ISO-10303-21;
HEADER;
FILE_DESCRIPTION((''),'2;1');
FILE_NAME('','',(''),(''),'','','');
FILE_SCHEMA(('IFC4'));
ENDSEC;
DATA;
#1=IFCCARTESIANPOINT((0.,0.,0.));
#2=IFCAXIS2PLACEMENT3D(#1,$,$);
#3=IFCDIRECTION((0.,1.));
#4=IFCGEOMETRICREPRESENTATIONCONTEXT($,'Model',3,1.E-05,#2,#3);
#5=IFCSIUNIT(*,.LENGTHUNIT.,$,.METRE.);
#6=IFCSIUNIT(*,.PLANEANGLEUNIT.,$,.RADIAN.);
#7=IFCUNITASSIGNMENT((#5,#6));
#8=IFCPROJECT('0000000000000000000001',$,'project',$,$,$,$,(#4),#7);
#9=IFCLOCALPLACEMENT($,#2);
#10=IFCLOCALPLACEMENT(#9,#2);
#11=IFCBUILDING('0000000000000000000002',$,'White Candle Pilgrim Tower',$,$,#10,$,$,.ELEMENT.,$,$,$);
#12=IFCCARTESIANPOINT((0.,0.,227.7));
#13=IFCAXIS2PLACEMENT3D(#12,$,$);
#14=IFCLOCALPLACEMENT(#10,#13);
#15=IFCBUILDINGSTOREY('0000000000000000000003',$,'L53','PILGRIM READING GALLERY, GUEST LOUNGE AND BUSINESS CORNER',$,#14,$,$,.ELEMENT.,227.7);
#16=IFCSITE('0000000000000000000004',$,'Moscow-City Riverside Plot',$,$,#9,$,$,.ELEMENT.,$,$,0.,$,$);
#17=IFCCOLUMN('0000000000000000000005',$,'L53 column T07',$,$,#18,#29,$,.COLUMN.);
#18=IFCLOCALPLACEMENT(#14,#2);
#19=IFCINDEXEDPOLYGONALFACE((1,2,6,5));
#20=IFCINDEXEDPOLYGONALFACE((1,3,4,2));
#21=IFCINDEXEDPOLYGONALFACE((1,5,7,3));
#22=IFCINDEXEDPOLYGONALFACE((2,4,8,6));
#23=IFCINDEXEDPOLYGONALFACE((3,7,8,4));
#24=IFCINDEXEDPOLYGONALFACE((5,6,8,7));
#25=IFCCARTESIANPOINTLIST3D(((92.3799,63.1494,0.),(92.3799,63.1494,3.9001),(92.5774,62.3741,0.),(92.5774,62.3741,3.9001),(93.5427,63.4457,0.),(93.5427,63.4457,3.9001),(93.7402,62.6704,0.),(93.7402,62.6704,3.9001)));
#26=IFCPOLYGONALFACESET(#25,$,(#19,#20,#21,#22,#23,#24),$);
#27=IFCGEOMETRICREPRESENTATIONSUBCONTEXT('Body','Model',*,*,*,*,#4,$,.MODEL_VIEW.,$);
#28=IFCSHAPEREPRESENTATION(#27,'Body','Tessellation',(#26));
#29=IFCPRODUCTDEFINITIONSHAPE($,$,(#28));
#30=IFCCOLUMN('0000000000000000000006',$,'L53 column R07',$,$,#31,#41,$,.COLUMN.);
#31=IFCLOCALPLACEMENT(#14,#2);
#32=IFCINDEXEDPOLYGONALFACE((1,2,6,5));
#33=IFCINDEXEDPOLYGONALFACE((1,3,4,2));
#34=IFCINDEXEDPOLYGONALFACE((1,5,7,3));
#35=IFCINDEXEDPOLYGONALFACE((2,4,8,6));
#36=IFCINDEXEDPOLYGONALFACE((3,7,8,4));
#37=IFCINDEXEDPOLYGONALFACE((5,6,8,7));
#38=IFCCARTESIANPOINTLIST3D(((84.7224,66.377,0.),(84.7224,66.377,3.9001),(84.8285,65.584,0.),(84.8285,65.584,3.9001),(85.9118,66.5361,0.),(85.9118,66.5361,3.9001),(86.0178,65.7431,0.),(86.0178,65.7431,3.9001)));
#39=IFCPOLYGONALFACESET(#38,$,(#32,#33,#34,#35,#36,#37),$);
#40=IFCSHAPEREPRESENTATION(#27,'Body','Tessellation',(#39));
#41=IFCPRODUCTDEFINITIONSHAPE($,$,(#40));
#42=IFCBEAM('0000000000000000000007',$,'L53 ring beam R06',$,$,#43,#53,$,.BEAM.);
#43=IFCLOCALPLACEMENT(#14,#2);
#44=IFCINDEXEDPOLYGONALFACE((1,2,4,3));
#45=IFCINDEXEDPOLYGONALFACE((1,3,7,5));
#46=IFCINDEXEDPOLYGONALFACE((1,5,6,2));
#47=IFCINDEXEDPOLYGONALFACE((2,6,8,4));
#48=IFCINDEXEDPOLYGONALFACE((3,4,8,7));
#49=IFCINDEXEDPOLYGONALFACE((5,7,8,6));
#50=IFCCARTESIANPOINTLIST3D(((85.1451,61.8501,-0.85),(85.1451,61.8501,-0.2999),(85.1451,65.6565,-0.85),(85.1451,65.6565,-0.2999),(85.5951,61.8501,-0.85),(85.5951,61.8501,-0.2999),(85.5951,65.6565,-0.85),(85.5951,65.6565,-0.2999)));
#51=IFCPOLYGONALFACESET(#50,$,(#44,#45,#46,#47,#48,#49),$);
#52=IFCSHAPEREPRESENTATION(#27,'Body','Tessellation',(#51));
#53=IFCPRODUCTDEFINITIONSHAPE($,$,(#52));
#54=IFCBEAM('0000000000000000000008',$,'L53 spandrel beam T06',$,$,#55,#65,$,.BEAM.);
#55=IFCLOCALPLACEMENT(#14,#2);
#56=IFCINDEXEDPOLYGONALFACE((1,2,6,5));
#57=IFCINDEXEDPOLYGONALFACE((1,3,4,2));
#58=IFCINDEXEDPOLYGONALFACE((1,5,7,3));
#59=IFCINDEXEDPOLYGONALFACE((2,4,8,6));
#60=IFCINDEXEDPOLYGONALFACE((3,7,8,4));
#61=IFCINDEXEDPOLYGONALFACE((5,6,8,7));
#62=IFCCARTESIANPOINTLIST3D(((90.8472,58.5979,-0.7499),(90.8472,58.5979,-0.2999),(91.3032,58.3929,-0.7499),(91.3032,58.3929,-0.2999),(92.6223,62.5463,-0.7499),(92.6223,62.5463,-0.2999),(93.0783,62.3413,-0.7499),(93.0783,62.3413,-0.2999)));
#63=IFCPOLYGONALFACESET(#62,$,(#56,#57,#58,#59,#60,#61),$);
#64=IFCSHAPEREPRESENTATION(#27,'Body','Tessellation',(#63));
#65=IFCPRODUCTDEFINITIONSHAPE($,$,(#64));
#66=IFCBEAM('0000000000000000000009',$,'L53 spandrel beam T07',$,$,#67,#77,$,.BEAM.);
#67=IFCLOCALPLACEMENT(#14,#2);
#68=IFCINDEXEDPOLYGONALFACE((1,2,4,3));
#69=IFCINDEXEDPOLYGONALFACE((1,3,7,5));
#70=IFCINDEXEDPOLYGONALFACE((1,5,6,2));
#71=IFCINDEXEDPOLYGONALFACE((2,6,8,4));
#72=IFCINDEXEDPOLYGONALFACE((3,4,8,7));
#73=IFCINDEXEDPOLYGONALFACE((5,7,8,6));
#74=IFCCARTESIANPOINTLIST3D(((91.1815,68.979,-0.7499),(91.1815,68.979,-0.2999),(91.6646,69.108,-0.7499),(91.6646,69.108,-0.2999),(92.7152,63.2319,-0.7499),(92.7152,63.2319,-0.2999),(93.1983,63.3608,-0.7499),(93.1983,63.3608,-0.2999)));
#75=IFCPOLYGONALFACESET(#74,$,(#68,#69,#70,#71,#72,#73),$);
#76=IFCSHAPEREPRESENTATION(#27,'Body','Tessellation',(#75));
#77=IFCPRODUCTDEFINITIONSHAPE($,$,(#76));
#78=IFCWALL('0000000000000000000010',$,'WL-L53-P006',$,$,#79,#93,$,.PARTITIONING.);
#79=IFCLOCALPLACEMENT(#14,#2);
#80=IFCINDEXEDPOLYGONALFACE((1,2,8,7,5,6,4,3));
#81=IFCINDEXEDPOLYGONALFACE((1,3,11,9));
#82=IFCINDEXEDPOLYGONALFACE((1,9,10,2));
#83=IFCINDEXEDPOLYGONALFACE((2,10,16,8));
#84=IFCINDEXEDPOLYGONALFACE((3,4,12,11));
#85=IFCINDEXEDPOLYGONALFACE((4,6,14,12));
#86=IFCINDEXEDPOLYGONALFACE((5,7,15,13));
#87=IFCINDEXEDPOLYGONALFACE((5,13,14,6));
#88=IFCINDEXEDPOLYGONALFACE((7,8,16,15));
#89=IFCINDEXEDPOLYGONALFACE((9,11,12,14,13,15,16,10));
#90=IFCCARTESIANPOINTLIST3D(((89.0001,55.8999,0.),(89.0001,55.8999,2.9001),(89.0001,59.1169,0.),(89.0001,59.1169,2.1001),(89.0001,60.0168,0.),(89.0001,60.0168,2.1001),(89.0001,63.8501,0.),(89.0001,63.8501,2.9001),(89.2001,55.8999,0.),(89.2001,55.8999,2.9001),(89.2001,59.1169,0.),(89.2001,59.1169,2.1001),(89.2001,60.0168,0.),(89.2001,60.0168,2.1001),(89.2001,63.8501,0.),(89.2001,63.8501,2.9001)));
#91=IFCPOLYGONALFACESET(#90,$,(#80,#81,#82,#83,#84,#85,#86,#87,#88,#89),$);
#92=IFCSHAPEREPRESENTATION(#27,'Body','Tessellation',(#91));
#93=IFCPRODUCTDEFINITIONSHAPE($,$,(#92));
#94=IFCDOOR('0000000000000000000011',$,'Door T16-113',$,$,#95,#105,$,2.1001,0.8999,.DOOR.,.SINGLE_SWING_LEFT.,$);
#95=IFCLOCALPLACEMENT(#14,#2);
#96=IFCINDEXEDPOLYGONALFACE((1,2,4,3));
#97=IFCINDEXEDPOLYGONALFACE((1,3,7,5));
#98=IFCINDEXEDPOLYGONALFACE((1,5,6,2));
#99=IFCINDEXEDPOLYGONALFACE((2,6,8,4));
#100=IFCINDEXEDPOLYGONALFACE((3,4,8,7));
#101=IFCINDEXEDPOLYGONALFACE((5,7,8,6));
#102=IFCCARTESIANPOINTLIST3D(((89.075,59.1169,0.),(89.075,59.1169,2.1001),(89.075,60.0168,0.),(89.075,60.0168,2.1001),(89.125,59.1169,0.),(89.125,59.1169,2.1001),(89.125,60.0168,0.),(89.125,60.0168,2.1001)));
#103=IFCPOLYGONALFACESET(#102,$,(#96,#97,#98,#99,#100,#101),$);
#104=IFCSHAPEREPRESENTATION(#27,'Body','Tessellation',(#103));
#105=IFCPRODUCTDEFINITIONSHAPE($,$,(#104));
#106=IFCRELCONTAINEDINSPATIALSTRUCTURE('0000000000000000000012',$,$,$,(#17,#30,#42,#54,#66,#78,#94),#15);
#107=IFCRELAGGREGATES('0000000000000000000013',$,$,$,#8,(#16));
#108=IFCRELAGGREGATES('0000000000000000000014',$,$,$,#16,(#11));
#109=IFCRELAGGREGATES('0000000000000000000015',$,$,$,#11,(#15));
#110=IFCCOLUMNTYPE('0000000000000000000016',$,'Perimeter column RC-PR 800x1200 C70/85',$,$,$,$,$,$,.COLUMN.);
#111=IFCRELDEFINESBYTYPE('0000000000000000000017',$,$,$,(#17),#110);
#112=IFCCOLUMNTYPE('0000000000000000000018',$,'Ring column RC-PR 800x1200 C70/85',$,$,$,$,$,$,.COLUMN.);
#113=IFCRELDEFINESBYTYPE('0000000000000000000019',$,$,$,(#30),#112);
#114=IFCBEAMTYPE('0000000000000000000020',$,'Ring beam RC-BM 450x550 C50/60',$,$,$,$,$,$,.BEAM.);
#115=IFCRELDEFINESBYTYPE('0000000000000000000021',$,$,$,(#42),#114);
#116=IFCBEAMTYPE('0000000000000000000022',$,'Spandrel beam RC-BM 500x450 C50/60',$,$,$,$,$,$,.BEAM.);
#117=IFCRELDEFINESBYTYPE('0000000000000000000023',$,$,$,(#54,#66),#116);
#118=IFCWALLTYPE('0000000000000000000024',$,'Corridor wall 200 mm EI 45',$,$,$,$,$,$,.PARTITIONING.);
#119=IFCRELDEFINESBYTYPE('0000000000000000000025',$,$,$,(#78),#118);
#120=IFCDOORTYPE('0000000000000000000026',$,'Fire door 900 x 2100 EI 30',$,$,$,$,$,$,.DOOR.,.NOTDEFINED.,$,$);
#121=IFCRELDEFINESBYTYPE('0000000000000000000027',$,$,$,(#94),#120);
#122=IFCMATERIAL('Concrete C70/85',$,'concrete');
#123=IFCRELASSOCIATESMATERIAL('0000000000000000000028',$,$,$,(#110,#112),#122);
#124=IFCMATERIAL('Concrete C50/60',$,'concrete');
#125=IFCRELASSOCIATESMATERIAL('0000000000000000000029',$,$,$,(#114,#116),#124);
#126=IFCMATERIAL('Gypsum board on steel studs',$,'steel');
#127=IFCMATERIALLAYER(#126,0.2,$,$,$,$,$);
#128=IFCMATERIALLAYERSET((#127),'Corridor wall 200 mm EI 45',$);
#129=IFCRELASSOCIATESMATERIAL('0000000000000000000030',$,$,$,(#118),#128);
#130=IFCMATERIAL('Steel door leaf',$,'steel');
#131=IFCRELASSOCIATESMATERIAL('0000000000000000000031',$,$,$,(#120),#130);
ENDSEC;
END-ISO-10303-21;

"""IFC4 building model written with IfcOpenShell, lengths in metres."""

from ifc_helpers import new_model, si_unit, direction, frame, frame_2d, origin, origin_2d, place, context, subcontext, project, spatial, rectangle, extrude, material, layer, layer_set, material_profile, profile_set, type_object, element, fill, save


model = new_model("IFC4")

# Units and contexts
model_context = context("Model", 3, precision=1e-05, world=origin(), true_north=direction((0.0, 1.0)))
body_context = subcontext(model_context, "Body", "Model", "MODEL_VIEW")
ifc_project = project(units=[si_unit("LENGTHUNIT", "METRE"), si_unit("PLANEANGLEUNIT", "RADIAN")], contexts=[model_context])

# Site, building, storey
site_placement = place(None, origin())
site = spatial("IfcSite", under=ifc_project, at=site_placement, Name="Moscow-City Riverside Plot", CompositionType="ELEMENT", RefElevation=0.0)
building_placement = place(site_placement, origin())
building = spatial("IfcBuilding", under=site, at=building_placement, Name="White Candle Pilgrim Tower", CompositionType="ELEMENT")
storey_placement = place(building_placement, frame((0.0, 0.0, 227.7)))
storey = spatial("IfcBuildingStorey", under=building, at=storey_placement, Name="L53", Description="PILGRIM READING GALLERY, GUEST LOUNGE AND BUSINESS CORNER", CompositionType="ELEMENT", Elevation=227.7)

# Columns
ifc_material_1 = material(Name="Concrete C70/85", Category="concrete")
ifc_material_profile_1 = material_profile(ifc_material_1, rectangle(XDim=0.8, YDim=1.2, at=origin_2d()), Name="RC-PR 800x1200")
ifc_profile_set_1 = profile_set([ifc_material_profile_1], Name="Concrete C70/85")
column_type_1 = type_object("IfcColumnType", Name="Perimeter column RC-PR 800x1200 C70/85", PredefinedType="COLUMN", material=ifc_profile_set_1)
column_1_placement = place(storey_placement, frame((93.0601, 62.9099, 0.0), z_axis=(0.0, 0.0, 1.0), x_axis=(0.246881, -0.969046, 0.0)))
element("IfcColumn", 1, at=column_1_placement, inside=storey, type_object=column_type_1, Name="L53 column T07", PredefinedType="COLUMN", context=body_context, shape_type="SweptSolid", body=[
    extrude(rectangle(XDim=0.8, YDim=1.2, at=origin_2d()), origin(), (0.0, 0.0, 1.0), 3.9001),
])
ifc_material_profile_2 = material_profile(ifc_material_1, rectangle(XDim=0.8, YDim=1.2, at=origin_2d()), Name="RC-PR 800x1200")
ifc_profile_set_2 = profile_set([ifc_material_profile_2], Name="Concrete C70/85")
column_type_2 = type_object("IfcColumnType", Name="Ring column RC-PR 800x1200 C70/85", PredefinedType="COLUMN", material=ifc_profile_set_2)
column_2_placement = place(storey_placement, frame((85.3701, 66.0601, 0.0), z_axis=(0.0, 0.0, 1.0), x_axis=(0.132602, -0.991169, 0.0)))
element("IfcColumn", 2, at=column_2_placement, inside=storey, type_object=column_type_2, Name="L53 column R07", PredefinedType="COLUMN", context=body_context, shape_type="SweptSolid", body=[
    extrude(rectangle(XDim=0.8, YDim=1.2, at=origin_2d()), origin(), (0.0, 0.0, 1.0), 3.9001),
])

# Beams
ifc_material_2 = material(Name="Concrete C50/60", Category="concrete")
ifc_material_profile_3 = material_profile(ifc_material_2, rectangle(XDim=0.45, YDim=0.55, at=origin_2d()), Name="RC-BM 450x550")
ifc_profile_set_3 = profile_set([ifc_material_profile_3], Name="Concrete C50/60")
beam_type_1 = type_object("IfcBeamType", Name="Ring beam RC-BM 450x550 C50/60", PredefinedType="BEAM", material=ifc_profile_set_3)
beam_1_placement = place(storey_placement, frame((85.3701, 65.6565, -0.575), z_axis=(0.0, -1.0, 0.0), x_axis=(1.0, 0.0, 0.0)))
element("IfcBeam", 3, at=beam_1_placement, inside=storey, type_object=beam_type_1, Name="L53 ring beam R06", PredefinedType="BEAM", context=body_context, shape_type="SweptSolid", body=[
    extrude(rectangle(XDim=0.45, YDim=0.55, at=origin_2d()), origin(), (0.0, 0.0, 1.0), 3.8064),
])
ifc_material_profile_4 = material_profile(ifc_material_2, rectangle(XDim=0.5, YDim=0.45, at=origin_2d()), Name="RC-BM 500x450")
ifc_profile_set_4 = profile_set([ifc_material_profile_4], Name="Concrete C50/60")
beam_type_2 = type_object("IfcBeamType", Name="Spandrel beam RC-BM 500x450 C50/60", PredefinedType="BEAM", material=ifc_profile_set_4)
beam_2_placement = place(storey_placement, frame((91.0752, 58.4954, -0.5249), z_axis=(0.410043, 0.912066, 0.0), x_axis=(-0.912066, 0.410043, 0.0)))
element("IfcBeam", 4, at=beam_2_placement, inside=storey, type_object=beam_type_2, Name="L53 spandrel beam T06", PredefinedType="BEAM", context=body_context, shape_type="SweptSolid", body=[
    extrude(rectangle(XDim=0.5, YDim=0.45, at=origin_2d()), origin(), (0.0, 0.0, 1.0), 4.3291),
])
beam_3_placement = place(storey_placement, frame((92.9568, 63.2964, -0.5249), z_axis=(-0.257841, 0.966187, 0.0), x_axis=(-0.966187, -0.257841, 0.0)))
element("IfcBeam", 5, at=beam_3_placement, inside=storey, type_object=beam_type_2, Name="L53 spandrel beam T07", PredefinedType="BEAM", context=body_context, shape_type="SweptSolid", body=[
    extrude(rectangle(XDim=0.5, YDim=0.45, at=origin_2d()), origin(), (0.0, 0.0, 1.0), 5.9482),
])

# Wall, opening, door
ifc_material_3 = material(Name="Gypsum board on steel studs", Category="steel")
ifc_layer_1 = layer(ifc_material_3, 0.2)
ifc_layer_set_1 = layer_set([ifc_layer_1], Name="Corridor wall 200 mm EI 45")
wall_type_1 = type_object("IfcWallType", Name="Corridor wall 200 mm EI 45", PredefinedType="PARTITIONING", material=ifc_layer_set_1)
wall_1_placement = place(storey_placement, frame((89.1001, 63.8501, 0.0), z_axis=(0.0, 0.0, 1.0), x_axis=(0.0, -1.0, 0.0)))
wall_1 = element("IfcWall", 6, at=wall_1_placement, inside=storey, type_object=wall_type_1, Name="WL-L53-P006", PredefinedType="PARTITIONING", context=body_context, shape_type="SweptSolid", body=[
    extrude(rectangle(XDim=7.9502, YDim=0.2, at=frame_2d((3.9751, 0.0))), origin(), (0.0, 0.0, 1.0), 2.9001),
])
opening_1_placement = place(wall_1_placement, frame((3.8333, 0.0, 0.0)))
opening_1 = element("IfcOpeningElement", 7, at=opening_1_placement, cuts=wall_1, PredefinedType="OPENING", context=body_context, shape_type="SweptSolid", body=[
    extrude(rectangle(XDim=0.8999, YDim=2.1001, at=frame_2d((0.45, 1.05))), frame((0.0, 0.1099, 0.0), z_axis=(0.0, -1.0, 0.0), x_axis=(1.0, 0.0, 0.0)), (0.0, 0.0, 1.0), 0.22),
])
ifc_material_4 = material(Name="Steel door leaf", Category="steel")
door_type_1 = type_object("IfcDoorType", Name="Fire door 900 x 2100 EI 30", OperationType="NOTDEFINED", PredefinedType="DOOR", material=ifc_material_4)
door_1_placement = place(opening_1_placement, origin())
door_1 = element("IfcDoor", 8, at=door_1_placement, inside=storey, type_object=door_type_1, Name="Door T16-113", OperationType="SINGLE_SWING_LEFT", OverallHeight=2.1001, OverallWidth=0.8999, PredefinedType="DOOR", context=body_context, shape_type="SweptSolid", body=[
    extrude(rectangle(XDim=0.8999, YDim=2.1001, at=frame_2d((0.45, 1.05))), frame((0.0, 0.0249, 0.0), z_axis=(0.0, -1.0, 0.0), x_axis=(1.0, 0.0, 0.0)), (0.0, 0.0, 1.0), 0.05),
])
fill(opening_1, door_1)

save(model, "model.ifc")
